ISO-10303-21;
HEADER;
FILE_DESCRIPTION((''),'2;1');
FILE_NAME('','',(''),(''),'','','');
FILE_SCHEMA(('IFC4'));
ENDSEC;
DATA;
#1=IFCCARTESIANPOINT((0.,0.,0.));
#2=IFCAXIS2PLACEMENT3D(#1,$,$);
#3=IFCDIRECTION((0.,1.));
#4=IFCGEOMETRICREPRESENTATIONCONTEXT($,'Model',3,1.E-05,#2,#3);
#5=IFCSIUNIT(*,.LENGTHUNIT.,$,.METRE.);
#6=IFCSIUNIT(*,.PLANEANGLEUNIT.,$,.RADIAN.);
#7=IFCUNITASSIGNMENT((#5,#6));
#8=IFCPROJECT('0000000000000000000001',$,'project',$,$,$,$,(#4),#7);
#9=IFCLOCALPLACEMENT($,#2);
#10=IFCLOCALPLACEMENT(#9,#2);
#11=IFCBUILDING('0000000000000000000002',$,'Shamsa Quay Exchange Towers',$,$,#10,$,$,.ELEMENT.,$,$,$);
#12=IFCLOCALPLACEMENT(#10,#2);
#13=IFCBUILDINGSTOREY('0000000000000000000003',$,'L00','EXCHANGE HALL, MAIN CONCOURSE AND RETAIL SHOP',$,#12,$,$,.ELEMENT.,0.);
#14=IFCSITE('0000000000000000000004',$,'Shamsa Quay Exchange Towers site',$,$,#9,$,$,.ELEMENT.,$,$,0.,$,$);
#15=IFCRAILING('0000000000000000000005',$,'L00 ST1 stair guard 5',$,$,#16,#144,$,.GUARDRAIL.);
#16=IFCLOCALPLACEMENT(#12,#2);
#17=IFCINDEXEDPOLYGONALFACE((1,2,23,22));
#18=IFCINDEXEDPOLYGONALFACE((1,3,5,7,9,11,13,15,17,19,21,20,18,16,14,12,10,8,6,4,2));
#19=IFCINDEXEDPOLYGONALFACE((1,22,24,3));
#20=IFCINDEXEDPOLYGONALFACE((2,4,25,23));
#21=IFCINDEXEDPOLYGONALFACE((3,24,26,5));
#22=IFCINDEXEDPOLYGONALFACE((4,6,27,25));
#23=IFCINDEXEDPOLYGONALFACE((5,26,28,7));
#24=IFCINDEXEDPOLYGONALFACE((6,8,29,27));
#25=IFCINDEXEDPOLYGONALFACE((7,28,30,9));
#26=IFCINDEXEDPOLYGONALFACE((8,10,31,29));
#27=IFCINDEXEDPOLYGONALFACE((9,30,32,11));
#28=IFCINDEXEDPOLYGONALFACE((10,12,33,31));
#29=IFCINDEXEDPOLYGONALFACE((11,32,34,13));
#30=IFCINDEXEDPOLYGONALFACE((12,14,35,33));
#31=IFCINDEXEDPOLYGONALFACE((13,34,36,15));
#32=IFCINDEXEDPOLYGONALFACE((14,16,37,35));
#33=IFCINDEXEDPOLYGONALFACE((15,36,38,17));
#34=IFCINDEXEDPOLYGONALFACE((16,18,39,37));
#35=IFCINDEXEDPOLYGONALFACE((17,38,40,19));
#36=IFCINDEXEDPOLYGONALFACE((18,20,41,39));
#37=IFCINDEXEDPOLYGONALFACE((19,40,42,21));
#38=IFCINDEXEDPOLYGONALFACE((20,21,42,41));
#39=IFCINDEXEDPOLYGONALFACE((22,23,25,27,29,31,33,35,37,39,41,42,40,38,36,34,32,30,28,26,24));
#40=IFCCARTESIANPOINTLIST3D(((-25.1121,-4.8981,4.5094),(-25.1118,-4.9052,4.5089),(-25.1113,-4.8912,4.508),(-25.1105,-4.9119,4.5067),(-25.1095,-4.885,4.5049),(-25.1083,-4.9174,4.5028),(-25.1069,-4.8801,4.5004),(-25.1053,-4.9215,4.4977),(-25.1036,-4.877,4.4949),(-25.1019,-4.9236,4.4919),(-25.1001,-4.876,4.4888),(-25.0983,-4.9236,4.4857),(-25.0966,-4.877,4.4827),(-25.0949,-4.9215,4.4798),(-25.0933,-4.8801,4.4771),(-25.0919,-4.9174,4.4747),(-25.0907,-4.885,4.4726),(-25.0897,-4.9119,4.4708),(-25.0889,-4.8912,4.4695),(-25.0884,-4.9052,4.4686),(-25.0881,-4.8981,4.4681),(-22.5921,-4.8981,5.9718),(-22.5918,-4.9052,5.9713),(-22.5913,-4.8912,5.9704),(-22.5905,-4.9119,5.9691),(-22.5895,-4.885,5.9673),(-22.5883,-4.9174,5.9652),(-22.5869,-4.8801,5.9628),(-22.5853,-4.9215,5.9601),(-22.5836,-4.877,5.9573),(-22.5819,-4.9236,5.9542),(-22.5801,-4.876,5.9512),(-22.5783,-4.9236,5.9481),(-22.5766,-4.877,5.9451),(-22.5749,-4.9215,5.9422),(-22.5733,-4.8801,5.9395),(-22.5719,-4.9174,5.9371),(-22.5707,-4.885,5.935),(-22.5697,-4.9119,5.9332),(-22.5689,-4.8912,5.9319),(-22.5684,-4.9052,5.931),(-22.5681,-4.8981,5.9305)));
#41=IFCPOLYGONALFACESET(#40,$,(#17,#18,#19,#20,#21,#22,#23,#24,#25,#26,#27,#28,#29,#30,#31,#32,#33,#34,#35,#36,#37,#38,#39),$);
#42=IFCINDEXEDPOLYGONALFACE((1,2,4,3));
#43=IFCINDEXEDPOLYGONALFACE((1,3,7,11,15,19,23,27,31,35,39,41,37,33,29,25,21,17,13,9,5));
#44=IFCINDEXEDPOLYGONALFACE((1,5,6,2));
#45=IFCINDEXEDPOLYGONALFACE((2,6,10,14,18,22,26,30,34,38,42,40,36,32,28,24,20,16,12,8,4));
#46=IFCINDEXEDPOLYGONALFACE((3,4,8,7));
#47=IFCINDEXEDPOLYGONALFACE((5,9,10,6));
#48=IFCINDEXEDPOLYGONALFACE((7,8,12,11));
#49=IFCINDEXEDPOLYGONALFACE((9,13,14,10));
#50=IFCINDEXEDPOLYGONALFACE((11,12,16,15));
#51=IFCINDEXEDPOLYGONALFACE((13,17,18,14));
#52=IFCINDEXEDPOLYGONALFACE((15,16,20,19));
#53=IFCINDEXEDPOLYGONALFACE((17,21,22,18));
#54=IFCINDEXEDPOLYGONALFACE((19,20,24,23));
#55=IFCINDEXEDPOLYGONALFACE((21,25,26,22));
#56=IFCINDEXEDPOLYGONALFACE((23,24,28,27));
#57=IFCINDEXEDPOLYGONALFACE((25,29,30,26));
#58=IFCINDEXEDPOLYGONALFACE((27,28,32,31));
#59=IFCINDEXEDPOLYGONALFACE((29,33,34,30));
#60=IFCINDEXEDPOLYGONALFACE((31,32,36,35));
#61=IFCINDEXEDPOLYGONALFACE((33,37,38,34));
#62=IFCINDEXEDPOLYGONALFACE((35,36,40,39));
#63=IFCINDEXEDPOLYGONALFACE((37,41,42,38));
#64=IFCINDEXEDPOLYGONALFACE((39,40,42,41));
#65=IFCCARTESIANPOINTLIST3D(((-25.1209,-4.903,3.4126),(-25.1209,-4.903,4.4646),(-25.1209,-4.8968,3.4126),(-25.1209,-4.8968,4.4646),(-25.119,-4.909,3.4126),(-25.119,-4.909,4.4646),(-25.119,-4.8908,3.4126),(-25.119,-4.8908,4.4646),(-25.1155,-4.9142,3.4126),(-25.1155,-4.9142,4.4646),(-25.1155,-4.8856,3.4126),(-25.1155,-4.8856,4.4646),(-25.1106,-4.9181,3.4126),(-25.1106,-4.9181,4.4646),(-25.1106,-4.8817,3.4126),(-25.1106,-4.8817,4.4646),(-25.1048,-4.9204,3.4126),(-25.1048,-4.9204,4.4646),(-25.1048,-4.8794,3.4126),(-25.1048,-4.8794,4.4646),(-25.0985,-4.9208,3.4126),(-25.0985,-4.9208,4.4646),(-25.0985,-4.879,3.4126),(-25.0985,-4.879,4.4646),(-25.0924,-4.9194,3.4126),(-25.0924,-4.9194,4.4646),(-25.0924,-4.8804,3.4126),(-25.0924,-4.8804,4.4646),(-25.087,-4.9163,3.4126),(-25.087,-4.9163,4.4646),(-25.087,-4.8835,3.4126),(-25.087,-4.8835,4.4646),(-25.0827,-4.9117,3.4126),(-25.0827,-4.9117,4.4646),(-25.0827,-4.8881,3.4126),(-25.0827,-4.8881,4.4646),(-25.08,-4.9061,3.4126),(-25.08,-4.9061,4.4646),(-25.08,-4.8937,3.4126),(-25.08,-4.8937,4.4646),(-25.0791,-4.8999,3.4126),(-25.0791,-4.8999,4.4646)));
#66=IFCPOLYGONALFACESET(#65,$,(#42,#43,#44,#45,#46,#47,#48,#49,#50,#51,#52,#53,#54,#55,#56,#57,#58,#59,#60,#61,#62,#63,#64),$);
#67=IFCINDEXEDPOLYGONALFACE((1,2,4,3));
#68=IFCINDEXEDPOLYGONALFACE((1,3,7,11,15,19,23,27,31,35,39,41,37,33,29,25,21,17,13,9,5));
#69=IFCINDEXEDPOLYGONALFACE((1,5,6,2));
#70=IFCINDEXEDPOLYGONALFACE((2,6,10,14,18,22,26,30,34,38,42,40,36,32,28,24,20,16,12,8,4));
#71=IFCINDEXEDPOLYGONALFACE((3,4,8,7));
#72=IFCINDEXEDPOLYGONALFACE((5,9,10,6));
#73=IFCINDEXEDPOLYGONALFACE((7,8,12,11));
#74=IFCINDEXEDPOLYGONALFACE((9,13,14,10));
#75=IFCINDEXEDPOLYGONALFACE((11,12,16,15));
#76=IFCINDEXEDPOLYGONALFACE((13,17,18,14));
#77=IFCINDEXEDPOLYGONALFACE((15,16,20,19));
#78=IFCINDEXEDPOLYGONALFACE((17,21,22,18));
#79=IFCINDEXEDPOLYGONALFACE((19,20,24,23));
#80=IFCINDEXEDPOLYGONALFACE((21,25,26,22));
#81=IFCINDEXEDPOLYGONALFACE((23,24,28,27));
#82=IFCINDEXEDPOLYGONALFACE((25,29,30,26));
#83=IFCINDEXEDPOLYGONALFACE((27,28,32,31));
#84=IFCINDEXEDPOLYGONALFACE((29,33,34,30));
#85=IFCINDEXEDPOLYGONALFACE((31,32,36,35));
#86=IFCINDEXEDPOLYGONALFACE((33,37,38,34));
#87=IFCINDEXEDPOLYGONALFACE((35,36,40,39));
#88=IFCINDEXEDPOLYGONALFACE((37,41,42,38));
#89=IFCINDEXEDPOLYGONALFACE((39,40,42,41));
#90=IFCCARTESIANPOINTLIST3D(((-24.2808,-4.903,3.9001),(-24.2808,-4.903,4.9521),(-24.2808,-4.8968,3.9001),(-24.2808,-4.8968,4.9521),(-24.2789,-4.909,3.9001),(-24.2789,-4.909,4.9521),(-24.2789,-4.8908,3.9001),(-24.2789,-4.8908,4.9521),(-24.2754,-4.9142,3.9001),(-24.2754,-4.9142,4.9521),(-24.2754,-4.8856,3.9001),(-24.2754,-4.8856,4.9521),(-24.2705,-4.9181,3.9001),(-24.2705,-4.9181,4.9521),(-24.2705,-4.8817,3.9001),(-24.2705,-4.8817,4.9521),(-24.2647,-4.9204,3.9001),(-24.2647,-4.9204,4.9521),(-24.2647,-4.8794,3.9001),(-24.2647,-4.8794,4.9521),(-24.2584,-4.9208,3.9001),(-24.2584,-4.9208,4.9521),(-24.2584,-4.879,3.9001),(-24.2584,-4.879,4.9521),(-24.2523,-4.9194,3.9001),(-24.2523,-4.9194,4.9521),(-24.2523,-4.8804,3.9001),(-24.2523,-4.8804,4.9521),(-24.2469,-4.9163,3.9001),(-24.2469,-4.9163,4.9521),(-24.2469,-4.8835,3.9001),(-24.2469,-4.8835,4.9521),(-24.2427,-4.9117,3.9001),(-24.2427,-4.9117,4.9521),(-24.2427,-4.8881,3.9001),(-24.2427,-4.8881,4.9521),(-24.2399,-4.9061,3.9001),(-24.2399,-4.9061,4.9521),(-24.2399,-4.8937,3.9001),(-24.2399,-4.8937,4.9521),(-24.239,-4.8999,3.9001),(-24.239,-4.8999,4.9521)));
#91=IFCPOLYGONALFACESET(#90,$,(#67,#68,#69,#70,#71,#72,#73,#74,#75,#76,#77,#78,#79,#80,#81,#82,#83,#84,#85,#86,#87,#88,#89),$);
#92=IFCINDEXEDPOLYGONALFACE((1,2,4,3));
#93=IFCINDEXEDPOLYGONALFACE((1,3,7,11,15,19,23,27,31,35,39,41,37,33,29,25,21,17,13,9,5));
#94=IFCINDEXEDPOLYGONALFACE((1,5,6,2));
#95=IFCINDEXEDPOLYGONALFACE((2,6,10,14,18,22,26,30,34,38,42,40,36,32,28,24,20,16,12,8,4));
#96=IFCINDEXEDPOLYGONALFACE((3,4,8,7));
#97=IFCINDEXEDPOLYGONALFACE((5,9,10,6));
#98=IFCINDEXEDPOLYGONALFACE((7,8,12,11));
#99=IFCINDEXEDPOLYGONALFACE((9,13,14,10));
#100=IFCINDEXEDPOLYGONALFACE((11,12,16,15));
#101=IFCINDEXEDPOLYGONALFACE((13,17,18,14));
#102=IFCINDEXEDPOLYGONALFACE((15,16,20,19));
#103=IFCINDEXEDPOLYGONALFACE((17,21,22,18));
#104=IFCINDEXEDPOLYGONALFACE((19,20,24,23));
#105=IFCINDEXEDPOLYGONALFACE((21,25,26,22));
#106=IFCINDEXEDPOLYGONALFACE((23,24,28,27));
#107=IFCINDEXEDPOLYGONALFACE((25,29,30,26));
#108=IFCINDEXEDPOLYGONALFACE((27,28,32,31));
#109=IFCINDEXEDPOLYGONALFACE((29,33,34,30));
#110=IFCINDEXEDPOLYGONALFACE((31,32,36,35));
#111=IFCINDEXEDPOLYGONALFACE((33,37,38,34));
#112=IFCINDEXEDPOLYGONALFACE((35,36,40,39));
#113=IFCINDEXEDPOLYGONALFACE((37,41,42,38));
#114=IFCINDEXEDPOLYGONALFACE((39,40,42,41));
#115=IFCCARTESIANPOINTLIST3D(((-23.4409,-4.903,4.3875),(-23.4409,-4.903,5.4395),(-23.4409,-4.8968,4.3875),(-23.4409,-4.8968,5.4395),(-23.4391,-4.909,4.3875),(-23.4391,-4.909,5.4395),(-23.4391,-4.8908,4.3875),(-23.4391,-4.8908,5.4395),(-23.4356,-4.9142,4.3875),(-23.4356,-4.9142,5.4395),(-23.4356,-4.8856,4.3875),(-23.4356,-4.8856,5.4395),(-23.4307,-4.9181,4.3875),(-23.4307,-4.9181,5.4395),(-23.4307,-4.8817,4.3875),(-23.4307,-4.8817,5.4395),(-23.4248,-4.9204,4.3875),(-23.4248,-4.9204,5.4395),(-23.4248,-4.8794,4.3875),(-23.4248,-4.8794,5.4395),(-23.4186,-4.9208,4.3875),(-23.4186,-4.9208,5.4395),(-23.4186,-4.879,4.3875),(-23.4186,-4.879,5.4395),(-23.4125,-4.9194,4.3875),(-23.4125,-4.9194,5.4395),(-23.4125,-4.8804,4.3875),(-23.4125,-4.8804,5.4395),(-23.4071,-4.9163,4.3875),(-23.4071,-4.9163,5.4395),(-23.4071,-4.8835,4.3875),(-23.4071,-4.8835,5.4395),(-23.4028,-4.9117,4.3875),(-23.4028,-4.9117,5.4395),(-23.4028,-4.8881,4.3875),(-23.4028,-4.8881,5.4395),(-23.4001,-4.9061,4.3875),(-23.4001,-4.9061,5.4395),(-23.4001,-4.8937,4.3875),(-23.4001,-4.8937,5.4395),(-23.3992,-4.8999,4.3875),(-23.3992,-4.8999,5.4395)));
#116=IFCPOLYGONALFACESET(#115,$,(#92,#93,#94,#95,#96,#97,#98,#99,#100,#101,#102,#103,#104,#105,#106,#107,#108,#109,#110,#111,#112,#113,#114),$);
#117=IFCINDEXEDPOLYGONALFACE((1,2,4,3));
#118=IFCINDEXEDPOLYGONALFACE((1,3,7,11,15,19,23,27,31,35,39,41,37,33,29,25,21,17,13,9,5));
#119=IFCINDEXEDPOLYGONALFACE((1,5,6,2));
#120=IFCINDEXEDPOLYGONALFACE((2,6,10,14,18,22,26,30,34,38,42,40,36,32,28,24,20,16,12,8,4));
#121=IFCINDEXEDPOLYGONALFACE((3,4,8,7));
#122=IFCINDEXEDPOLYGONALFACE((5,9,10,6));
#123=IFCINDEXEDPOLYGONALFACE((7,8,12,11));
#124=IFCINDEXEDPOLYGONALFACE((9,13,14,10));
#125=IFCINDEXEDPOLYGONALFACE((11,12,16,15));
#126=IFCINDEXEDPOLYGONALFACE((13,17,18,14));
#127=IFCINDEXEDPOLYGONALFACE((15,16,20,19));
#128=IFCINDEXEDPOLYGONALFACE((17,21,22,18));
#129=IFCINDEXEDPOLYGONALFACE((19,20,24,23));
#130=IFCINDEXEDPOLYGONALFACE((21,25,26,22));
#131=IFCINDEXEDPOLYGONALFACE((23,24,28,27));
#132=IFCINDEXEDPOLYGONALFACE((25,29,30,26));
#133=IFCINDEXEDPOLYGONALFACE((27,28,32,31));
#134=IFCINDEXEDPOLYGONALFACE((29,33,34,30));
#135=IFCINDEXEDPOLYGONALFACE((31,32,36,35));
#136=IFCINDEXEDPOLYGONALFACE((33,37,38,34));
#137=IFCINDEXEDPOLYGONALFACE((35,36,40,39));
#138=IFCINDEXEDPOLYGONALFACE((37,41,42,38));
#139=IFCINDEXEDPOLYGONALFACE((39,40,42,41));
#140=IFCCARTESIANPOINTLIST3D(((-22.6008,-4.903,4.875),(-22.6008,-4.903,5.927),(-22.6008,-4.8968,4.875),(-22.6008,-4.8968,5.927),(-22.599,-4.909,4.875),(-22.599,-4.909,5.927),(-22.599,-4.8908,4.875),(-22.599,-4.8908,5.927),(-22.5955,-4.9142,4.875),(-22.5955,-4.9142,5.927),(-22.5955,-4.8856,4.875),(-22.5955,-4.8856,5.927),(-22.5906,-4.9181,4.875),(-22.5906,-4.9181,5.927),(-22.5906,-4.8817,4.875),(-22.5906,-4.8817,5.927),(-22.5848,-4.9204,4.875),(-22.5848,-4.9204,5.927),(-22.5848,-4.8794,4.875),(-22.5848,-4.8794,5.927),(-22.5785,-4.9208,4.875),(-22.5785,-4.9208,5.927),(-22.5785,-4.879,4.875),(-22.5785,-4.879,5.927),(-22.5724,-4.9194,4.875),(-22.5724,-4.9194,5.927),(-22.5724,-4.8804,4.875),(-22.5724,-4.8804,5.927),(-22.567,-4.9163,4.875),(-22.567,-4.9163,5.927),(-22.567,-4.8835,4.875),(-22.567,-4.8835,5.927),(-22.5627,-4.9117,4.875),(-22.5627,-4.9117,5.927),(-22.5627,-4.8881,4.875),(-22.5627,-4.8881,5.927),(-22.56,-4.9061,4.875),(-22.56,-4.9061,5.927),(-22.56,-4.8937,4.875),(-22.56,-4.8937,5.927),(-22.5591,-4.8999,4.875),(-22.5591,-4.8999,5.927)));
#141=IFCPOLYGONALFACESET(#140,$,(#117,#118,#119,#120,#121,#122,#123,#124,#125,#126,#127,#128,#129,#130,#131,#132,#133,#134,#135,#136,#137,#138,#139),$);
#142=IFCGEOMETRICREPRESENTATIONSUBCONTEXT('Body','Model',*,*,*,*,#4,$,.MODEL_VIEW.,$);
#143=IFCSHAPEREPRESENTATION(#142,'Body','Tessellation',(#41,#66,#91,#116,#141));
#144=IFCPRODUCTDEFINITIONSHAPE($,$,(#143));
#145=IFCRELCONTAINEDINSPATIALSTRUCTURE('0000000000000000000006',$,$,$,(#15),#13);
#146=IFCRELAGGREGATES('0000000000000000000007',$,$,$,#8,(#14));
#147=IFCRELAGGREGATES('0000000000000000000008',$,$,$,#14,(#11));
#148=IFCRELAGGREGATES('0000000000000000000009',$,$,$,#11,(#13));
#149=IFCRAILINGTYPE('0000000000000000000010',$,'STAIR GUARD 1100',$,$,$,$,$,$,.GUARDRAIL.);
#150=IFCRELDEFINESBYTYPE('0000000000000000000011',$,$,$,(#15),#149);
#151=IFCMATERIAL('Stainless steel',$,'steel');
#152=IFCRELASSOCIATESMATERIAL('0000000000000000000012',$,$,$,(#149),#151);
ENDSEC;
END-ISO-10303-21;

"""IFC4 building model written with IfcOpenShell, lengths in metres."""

from ifc_helpers import new_model, si_unit, direction, frame, origin, origin_2d, place, context, subcontext, project, spatial, circle, extrude, material, type_object, element, save


model = new_model("IFC4")

# Units and contexts
model_context = context("Model", 3, precision=1e-05, world=origin(), true_north=direction((0.0, 1.0)))
body_context = subcontext(model_context, "Body", "Model", "MODEL_VIEW")
ifc_project = project(units=[si_unit("LENGTHUNIT", "METRE"), si_unit("PLANEANGLEUNIT", "RADIAN")], contexts=[model_context])

# Site, building, storey
site_placement = place(None, origin())
site = spatial("IfcSite", under=ifc_project, at=site_placement, Name="Shamsa Quay Exchange Towers site", CompositionType="ELEMENT", RefElevation=0.0)
building_placement = place(site_placement, origin())
building = spatial("IfcBuilding", under=site, at=building_placement, Name="Shamsa Quay Exchange Towers", CompositionType="ELEMENT")
storey_placement = place(building_placement, origin())
storey = spatial("IfcBuildingStorey", under=building, at=storey_placement, Name="L00", Description="EXCHANGE HALL, MAIN CONCOURSE AND RETAIL SHOP", CompositionType="ELEMENT", Elevation=0.0)

# Railing
ifc_material_1 = material(Name="Stainless steel", Category="steel")
railing_type_1 = type_object("IfcRailingType", Name="STAIR GUARD 1100", PredefinedType="GUARDRAIL", material=ifc_material_1)
railing_1_placement = place(storey_placement, frame((-25.1001, -4.8999, 3.4126)))
element("IfcRailing", 1, at=railing_1_placement, inside=storey, type_object=railing_type_1, Name="L00 ST1 stair guard 5", PredefinedType="GUARDRAIL", context=body_context, shape_type="SweptSolid", body=[
    extrude(circle(Radius=0.0239, at=origin_2d()), frame((0.0, 0.0, 1.0762), z_axis=(0.864913, 0.0, 0.501921), x_axis=(0.0, 1.0, 0.0)), (0.0, 0.0, 1.0), 2.9136),
    extrude(circle(Radius=0.021, at=origin_2d()), origin(), (0.0, 0.0, 1.0), 1.052),
    extrude(circle(Radius=0.021, at=origin_2d()), frame((0.8401, 0.0, 0.4875)), (0.0, 0.0, 1.0), 1.052),
    extrude(circle(Radius=0.021, at=origin_2d()), frame((1.6799, 0.0, 0.9749)), (0.0, 0.0, 1.0), 1.052),
    extrude(circle(Radius=0.021, at=origin_2d()), frame((2.52, 0.0, 1.4624)), (0.0, 0.0, 1.0), 1.052),
])

save(model, "model.ifc")
